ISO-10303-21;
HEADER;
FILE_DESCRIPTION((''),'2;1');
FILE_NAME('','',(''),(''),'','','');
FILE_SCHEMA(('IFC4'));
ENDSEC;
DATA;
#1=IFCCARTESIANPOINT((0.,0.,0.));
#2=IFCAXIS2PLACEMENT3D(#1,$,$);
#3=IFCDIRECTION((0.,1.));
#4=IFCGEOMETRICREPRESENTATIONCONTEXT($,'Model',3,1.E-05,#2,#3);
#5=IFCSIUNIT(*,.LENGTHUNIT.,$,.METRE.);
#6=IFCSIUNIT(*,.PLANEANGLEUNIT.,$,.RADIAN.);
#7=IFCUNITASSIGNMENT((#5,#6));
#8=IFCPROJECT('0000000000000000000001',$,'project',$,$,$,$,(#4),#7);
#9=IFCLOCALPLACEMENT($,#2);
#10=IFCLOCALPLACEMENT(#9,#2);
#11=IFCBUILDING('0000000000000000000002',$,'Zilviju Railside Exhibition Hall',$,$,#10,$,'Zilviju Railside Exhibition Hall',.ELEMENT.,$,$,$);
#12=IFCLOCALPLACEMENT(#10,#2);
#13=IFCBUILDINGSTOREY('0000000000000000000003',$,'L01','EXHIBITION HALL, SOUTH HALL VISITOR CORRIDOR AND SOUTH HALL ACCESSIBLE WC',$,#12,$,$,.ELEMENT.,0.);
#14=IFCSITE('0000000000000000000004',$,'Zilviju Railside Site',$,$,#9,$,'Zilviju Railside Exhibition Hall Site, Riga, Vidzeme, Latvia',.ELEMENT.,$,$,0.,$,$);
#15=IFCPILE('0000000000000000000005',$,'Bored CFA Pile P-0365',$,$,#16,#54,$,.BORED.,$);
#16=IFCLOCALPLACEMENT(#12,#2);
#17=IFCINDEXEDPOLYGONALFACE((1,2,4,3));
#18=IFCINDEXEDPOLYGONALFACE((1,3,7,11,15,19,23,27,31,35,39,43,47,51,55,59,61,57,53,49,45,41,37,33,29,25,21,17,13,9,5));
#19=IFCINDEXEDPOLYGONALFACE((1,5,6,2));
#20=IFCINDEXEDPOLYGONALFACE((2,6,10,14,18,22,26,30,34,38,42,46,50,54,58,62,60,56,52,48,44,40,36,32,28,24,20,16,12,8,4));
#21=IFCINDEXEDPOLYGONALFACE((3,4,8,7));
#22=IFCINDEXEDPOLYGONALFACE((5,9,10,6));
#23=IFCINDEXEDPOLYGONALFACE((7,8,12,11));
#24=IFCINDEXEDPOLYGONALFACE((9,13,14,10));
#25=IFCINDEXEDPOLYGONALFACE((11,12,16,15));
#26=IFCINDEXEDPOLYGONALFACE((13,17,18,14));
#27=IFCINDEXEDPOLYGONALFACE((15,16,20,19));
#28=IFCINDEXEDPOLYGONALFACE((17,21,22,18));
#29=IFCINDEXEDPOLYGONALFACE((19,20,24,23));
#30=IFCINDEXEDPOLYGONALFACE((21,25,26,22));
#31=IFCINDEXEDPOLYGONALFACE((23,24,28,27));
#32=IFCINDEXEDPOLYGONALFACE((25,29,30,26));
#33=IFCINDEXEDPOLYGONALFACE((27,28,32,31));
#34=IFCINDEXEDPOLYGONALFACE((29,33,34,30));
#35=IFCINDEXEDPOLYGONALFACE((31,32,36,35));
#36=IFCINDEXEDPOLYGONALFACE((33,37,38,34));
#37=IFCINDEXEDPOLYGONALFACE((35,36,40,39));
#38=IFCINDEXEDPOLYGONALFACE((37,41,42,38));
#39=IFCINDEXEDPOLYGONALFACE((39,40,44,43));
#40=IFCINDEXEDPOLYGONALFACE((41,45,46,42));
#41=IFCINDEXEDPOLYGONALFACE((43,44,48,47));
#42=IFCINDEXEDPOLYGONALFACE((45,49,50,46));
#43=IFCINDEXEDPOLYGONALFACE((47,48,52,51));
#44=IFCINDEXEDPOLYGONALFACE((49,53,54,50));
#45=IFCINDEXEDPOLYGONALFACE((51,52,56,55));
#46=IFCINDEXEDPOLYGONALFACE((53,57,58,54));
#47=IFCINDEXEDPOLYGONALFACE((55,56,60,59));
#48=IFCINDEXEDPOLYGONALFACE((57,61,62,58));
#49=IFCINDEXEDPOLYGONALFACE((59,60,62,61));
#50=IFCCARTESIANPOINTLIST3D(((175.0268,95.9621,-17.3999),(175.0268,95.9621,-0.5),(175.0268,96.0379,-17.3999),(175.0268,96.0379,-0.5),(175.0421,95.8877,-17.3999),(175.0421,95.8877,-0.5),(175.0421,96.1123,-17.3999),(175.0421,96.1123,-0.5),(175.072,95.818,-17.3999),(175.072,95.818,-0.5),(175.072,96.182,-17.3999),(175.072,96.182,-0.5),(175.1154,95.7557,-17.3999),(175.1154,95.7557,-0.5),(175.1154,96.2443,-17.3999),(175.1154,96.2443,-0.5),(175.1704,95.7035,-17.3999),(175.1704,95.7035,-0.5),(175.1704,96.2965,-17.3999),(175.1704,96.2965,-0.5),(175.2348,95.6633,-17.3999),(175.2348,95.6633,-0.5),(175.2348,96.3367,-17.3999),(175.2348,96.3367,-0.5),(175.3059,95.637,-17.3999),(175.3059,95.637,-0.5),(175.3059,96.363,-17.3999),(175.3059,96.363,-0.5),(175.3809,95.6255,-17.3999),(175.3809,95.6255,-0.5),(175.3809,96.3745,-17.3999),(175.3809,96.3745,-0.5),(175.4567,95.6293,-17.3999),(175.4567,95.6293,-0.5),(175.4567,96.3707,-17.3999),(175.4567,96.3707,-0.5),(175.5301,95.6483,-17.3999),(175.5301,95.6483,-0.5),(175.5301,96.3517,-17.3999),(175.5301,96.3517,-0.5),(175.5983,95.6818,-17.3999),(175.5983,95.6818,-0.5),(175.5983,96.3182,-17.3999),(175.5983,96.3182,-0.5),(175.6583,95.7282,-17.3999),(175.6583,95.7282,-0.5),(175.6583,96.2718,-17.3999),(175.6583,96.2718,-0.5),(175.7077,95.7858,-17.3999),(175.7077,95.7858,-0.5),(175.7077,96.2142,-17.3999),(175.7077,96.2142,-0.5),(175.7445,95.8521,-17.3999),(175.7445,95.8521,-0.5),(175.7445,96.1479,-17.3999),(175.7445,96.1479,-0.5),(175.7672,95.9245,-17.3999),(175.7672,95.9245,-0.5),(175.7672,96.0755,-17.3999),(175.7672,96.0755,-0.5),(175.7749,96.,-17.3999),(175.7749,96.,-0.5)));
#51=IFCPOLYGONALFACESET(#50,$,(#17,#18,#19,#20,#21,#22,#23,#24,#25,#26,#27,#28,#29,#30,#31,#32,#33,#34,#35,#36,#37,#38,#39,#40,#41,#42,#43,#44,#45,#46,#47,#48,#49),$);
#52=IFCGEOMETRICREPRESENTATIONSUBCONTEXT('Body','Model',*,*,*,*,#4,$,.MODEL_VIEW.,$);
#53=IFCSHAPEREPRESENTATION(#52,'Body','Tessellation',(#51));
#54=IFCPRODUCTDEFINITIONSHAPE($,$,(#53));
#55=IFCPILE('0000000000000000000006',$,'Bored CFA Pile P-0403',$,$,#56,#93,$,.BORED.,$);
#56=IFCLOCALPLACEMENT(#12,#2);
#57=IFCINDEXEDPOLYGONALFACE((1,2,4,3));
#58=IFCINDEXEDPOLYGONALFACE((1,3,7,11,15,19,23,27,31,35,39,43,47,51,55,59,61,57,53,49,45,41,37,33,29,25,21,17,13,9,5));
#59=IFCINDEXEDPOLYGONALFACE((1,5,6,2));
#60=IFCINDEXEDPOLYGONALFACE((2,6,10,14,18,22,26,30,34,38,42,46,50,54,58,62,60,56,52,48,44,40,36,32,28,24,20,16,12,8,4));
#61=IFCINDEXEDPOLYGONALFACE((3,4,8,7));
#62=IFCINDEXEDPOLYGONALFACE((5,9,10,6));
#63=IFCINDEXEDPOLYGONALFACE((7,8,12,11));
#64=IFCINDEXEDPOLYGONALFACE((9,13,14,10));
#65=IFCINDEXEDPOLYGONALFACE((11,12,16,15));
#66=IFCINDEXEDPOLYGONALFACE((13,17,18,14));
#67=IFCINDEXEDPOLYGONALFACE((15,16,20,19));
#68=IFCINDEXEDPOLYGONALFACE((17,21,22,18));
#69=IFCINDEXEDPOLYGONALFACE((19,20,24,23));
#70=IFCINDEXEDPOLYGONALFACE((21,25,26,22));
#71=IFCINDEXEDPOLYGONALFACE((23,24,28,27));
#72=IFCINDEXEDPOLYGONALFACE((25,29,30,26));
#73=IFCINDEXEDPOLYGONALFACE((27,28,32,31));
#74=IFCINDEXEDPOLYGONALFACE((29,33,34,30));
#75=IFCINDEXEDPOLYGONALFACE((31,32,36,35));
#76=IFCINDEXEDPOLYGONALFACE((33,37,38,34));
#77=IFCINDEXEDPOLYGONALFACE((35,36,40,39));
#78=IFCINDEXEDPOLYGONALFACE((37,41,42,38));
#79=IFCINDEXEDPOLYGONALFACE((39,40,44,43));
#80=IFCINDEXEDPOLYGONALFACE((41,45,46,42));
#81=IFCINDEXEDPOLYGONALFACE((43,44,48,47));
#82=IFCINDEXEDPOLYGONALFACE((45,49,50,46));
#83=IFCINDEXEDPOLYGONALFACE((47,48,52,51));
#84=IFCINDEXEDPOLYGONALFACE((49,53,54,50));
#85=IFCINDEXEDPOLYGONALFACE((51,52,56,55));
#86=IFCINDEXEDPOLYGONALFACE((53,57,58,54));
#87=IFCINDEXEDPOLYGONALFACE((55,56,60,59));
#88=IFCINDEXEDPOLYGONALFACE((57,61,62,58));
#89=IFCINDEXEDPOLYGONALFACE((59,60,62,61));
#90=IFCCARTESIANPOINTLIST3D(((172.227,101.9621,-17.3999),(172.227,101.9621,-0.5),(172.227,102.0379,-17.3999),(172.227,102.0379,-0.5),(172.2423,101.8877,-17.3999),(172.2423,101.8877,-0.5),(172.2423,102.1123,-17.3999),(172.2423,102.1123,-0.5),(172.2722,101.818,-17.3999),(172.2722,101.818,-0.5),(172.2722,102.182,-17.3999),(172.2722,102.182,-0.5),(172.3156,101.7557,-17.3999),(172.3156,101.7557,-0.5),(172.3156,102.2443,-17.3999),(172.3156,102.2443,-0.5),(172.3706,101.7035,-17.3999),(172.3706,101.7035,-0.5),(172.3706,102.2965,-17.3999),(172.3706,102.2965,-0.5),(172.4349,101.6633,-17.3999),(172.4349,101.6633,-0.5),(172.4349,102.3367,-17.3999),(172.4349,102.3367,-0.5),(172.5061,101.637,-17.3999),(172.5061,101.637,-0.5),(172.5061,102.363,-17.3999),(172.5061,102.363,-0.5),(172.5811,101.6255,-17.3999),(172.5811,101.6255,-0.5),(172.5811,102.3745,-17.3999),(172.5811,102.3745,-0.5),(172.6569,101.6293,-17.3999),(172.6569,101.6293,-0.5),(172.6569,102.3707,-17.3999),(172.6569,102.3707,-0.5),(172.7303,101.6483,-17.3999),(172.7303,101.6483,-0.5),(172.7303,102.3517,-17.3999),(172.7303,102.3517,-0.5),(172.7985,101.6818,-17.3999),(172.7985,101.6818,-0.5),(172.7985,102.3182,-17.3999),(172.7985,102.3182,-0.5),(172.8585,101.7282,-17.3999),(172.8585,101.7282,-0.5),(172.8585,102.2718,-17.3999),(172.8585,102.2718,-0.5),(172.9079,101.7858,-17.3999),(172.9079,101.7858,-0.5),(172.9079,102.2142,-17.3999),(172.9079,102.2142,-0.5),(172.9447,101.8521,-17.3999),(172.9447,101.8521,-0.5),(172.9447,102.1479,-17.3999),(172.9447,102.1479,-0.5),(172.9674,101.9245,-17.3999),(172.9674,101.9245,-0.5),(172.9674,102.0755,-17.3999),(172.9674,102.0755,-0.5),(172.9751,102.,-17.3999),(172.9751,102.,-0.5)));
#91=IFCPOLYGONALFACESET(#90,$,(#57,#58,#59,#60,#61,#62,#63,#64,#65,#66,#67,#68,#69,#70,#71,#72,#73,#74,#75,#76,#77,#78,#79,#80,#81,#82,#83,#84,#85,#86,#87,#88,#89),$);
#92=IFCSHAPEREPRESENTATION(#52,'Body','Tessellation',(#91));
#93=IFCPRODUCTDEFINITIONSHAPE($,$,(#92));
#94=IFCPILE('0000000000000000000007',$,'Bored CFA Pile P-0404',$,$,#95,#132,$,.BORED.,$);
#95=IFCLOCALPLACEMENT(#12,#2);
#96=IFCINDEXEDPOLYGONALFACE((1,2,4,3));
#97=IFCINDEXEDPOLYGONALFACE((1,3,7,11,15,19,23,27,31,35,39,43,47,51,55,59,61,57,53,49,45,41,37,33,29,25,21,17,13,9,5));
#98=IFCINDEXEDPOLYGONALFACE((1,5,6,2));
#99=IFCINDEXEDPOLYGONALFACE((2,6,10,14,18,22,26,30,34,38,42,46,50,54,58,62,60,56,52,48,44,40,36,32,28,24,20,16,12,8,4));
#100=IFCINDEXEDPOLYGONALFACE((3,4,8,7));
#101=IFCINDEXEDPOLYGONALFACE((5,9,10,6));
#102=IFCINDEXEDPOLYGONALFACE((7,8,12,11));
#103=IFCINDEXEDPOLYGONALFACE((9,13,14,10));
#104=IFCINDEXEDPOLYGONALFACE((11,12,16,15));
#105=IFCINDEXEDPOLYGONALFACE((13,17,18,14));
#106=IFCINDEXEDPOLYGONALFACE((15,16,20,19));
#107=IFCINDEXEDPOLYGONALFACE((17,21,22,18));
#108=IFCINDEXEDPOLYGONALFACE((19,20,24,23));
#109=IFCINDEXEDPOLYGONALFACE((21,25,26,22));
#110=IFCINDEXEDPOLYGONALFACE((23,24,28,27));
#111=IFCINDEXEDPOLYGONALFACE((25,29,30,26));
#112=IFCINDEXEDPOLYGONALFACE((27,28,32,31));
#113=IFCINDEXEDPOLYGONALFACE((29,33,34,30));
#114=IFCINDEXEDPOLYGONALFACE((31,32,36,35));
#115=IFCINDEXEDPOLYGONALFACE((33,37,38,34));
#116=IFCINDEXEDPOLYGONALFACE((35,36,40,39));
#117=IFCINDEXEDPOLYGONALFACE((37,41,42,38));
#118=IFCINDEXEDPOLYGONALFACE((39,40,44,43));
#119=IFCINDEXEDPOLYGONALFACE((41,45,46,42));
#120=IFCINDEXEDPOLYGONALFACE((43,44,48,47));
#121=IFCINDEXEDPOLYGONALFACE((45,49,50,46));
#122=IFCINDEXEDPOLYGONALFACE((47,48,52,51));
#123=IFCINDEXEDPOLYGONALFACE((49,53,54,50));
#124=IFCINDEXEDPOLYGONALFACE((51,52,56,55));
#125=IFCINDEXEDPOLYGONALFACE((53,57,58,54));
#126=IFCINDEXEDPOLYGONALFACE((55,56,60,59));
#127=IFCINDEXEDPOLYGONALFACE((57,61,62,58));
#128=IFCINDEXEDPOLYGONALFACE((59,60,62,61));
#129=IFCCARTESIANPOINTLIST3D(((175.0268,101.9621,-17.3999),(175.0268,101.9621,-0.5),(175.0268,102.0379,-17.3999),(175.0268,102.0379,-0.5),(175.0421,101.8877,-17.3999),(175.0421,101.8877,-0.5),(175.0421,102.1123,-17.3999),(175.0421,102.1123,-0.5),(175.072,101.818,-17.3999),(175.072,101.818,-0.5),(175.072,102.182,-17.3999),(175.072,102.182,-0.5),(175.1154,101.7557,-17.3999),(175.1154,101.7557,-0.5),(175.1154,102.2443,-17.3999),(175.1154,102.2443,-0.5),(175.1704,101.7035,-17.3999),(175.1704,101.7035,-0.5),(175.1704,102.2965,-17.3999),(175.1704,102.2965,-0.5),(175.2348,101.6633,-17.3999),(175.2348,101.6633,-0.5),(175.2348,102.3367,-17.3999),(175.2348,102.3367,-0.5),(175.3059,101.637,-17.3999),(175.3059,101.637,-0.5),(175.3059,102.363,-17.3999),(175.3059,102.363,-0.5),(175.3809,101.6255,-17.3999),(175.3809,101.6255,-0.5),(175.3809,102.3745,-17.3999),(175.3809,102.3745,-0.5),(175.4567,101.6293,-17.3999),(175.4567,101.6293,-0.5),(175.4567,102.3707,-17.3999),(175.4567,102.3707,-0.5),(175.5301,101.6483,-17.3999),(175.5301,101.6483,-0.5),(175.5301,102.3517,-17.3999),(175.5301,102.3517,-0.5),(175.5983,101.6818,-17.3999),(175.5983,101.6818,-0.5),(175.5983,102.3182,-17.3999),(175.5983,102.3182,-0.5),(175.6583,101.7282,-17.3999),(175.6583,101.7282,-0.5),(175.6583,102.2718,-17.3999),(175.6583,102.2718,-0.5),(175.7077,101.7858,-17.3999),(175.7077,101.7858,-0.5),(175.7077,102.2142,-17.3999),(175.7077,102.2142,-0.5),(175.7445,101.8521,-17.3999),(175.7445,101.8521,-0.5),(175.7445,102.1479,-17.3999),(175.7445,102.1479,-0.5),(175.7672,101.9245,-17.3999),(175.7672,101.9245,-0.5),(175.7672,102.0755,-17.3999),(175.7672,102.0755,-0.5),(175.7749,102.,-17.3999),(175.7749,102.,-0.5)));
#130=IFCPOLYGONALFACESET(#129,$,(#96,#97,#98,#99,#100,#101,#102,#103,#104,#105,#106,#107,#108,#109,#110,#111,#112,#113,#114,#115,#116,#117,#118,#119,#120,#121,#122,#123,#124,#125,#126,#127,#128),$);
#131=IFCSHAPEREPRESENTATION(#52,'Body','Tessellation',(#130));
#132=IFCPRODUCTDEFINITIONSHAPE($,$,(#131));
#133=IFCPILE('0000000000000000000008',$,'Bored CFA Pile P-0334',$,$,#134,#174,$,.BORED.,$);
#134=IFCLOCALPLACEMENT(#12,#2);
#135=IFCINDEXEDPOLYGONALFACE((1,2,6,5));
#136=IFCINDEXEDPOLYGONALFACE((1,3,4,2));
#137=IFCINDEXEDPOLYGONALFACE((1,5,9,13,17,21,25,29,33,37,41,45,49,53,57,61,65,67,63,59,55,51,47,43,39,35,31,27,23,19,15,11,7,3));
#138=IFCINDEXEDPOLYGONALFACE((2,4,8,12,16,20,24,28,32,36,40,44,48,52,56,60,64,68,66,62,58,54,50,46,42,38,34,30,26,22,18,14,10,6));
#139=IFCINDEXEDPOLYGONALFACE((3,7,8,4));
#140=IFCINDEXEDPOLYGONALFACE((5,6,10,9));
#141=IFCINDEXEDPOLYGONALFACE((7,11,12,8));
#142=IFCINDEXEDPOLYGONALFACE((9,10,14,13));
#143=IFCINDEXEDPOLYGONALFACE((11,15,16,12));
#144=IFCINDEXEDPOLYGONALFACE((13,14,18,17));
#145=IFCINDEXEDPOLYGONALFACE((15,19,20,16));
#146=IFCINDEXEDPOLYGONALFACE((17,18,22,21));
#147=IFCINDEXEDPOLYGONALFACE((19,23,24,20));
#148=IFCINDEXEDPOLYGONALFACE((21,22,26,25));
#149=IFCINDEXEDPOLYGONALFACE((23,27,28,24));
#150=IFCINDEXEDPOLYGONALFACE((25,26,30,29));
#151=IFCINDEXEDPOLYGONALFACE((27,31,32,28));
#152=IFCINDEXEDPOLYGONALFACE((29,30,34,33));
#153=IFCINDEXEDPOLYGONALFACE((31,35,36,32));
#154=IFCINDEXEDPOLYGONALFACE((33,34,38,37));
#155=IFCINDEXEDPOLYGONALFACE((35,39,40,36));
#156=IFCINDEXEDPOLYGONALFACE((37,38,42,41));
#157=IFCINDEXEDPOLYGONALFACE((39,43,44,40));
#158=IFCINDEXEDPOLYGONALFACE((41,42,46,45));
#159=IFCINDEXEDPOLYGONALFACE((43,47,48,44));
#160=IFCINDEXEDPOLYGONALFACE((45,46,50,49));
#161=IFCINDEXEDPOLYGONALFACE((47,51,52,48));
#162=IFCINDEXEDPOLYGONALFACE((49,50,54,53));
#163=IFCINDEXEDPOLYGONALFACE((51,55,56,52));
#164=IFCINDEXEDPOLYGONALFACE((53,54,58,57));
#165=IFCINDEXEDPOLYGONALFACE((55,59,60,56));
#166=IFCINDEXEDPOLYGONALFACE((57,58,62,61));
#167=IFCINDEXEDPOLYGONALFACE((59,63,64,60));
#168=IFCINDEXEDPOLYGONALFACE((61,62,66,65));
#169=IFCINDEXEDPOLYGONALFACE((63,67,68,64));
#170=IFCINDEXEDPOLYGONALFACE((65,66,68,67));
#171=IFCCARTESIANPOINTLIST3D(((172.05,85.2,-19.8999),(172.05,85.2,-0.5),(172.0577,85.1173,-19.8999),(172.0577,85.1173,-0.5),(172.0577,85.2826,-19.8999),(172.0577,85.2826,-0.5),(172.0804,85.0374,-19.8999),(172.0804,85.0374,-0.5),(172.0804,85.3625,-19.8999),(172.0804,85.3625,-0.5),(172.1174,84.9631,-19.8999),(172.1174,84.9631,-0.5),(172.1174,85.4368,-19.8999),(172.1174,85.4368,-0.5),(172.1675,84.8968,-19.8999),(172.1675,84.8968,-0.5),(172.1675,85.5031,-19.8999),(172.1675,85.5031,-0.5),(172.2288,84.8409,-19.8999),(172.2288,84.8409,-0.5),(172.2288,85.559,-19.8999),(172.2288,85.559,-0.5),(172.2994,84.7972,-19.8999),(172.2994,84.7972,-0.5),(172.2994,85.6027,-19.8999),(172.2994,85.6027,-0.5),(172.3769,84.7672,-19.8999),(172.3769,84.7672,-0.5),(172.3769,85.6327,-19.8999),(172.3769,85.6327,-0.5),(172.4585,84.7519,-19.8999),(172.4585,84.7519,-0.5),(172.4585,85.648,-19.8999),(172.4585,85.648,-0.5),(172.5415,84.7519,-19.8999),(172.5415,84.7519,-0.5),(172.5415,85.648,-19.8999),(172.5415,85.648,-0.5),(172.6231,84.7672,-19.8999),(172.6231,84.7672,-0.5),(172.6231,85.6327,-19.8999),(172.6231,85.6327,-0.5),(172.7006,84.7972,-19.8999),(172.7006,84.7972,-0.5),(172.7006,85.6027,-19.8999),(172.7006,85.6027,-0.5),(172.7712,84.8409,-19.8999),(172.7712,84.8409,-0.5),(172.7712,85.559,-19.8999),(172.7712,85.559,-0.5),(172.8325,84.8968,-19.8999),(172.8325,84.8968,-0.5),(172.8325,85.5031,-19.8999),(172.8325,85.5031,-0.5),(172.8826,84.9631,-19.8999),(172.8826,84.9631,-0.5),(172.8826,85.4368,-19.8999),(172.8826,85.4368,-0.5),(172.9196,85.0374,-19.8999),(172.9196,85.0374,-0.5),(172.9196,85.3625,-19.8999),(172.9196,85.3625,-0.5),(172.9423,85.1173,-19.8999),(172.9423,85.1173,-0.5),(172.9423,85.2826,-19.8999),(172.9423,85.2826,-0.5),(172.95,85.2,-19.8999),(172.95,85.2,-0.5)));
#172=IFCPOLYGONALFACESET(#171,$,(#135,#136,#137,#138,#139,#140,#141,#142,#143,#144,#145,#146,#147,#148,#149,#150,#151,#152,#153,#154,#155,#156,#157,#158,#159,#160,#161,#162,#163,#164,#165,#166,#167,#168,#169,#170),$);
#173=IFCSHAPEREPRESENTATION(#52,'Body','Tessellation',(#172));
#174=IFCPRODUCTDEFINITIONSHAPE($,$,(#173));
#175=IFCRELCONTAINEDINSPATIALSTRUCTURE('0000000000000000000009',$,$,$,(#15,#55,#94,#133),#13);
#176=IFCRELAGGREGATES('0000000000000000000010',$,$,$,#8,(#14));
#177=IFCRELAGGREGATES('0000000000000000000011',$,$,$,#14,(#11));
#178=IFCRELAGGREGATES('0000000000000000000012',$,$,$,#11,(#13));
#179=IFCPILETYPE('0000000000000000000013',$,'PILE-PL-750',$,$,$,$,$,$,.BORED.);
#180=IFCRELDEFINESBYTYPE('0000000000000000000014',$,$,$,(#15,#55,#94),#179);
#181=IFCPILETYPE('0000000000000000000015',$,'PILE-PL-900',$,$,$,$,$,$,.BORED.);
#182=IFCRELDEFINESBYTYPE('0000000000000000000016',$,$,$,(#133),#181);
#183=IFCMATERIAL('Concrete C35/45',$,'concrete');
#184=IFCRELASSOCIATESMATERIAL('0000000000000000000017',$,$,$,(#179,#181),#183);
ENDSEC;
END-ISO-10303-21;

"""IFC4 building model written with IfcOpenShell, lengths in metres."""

from ifc_helpers import new_model, si_unit, direction, frame, origin, origin_2d, place, context, subcontext, project, spatial, circle, extrude, material, material_profile, profile_set, type_object, element, save


model = new_model("IFC4")

# Units and contexts
model_context = context("Model", 3, precision=1e-05, world=origin(), true_north=direction((0.0, 1.0)))
body_context = subcontext(model_context, "Body", "Model", "MODEL_VIEW")
ifc_project = project(units=[si_unit("LENGTHUNIT", "METRE"), si_unit("PLANEANGLEUNIT", "RADIAN")], contexts=[model_context])

# Site, building, storey
site_placement = place(None, origin())
site = spatial("IfcSite", under=ifc_project, at=site_placement, Name="Zilviju Railside Site", LongName="Zilviju Railside Exhibition Hall Site, Riga, Vidzeme, Latvia", CompositionType="ELEMENT", RefElevation=0.0)
building_placement = place(site_placement, origin())
building = spatial("IfcBuilding", under=site, at=building_placement, Name="Zilviju Railside Exhibition Hall", LongName="Zilviju Railside Exhibition Hall", CompositionType="ELEMENT")
storey_placement = place(building_placement, origin())
storey = spatial("IfcBuildingStorey", under=building, at=storey_placement, Name="L01", Description="EXHIBITION HALL, SOUTH HALL VISITOR CORRIDOR AND SOUTH HALL ACCESSIBLE WC", CompositionType="ELEMENT", Elevation=0.0)

# Shared definitions
ifc_material_1 = material(Name="Concrete C35/45", Category="concrete")

# Piles
ifc_material_profile_1 = material_profile(ifc_material_1, circle(Radius=0.375, at=origin_2d()), Name="CFA PILE D750")
ifc_profile_set_1 = profile_set([ifc_material_profile_1], Name="Concrete C35/45")
pile_type_1 = type_object("IfcPileType", Name="PILE-PL-750", PredefinedType="BORED", material=ifc_profile_set_1)
for number, where, z_axis, x_axis, name in (
    (1, (175.3999, 96.0, -0.5), (0.0, 0.0, -1.0), (1.0, 0.0, 0.0), "Bored CFA Pile P-0365"),
    (2, (172.6001, 102.0, -0.5), (0.0, 0.0, -1.0), (1.0, 0.0, 0.0), "Bored CFA Pile P-0403"),
    (3, (175.3999, 102.0, -0.5), (0.0, 0.0, -1.0), (1.0, 0.0, 0.0), "Bored CFA Pile P-0404"),
):
    element("IfcPile", number, at=place(storey_placement, frame(where, z_axis=z_axis, x_axis=x_axis)), inside=storey, type_object=pile_type_1, Name=name, PredefinedType="BORED", context=body_context, shape_type="SweptSolid", body=[
        extrude(circle(Radius=0.375, at=origin_2d()), origin(), (0.0, 0.0, 1.0), 16.8999),
    ])
ifc_material_profile_2 = material_profile(ifc_material_1, circle(Radius=0.45, at=origin_2d()), Name="CFA PILE D900")
ifc_profile_set_2 = profile_set([ifc_material_profile_2], Name="Concrete C35/45")
pile_type_2 = type_object("IfcPileType", Name="PILE-PL-900", PredefinedType="BORED", material=ifc_profile_set_2)
for number, where, z_axis, x_axis, name in (
    (4, (172.5, 85.2, -0.5), (0.0, 0.0, -1.0), (1.0, 0.0, 0.0), "Bored CFA Pile P-0334"),
):
    element("IfcPile", number, at=place(storey_placement, frame(where, z_axis=z_axis, x_axis=x_axis)), inside=storey, type_object=pile_type_2, Name=name, PredefinedType="BORED", context=body_context, shape_type="SweptSolid", body=[
        extrude(circle(Radius=0.45, at=origin_2d()), origin(), (0.0, 0.0, 1.0), 19.3999),
    ])

save(model, "model.ifc")
